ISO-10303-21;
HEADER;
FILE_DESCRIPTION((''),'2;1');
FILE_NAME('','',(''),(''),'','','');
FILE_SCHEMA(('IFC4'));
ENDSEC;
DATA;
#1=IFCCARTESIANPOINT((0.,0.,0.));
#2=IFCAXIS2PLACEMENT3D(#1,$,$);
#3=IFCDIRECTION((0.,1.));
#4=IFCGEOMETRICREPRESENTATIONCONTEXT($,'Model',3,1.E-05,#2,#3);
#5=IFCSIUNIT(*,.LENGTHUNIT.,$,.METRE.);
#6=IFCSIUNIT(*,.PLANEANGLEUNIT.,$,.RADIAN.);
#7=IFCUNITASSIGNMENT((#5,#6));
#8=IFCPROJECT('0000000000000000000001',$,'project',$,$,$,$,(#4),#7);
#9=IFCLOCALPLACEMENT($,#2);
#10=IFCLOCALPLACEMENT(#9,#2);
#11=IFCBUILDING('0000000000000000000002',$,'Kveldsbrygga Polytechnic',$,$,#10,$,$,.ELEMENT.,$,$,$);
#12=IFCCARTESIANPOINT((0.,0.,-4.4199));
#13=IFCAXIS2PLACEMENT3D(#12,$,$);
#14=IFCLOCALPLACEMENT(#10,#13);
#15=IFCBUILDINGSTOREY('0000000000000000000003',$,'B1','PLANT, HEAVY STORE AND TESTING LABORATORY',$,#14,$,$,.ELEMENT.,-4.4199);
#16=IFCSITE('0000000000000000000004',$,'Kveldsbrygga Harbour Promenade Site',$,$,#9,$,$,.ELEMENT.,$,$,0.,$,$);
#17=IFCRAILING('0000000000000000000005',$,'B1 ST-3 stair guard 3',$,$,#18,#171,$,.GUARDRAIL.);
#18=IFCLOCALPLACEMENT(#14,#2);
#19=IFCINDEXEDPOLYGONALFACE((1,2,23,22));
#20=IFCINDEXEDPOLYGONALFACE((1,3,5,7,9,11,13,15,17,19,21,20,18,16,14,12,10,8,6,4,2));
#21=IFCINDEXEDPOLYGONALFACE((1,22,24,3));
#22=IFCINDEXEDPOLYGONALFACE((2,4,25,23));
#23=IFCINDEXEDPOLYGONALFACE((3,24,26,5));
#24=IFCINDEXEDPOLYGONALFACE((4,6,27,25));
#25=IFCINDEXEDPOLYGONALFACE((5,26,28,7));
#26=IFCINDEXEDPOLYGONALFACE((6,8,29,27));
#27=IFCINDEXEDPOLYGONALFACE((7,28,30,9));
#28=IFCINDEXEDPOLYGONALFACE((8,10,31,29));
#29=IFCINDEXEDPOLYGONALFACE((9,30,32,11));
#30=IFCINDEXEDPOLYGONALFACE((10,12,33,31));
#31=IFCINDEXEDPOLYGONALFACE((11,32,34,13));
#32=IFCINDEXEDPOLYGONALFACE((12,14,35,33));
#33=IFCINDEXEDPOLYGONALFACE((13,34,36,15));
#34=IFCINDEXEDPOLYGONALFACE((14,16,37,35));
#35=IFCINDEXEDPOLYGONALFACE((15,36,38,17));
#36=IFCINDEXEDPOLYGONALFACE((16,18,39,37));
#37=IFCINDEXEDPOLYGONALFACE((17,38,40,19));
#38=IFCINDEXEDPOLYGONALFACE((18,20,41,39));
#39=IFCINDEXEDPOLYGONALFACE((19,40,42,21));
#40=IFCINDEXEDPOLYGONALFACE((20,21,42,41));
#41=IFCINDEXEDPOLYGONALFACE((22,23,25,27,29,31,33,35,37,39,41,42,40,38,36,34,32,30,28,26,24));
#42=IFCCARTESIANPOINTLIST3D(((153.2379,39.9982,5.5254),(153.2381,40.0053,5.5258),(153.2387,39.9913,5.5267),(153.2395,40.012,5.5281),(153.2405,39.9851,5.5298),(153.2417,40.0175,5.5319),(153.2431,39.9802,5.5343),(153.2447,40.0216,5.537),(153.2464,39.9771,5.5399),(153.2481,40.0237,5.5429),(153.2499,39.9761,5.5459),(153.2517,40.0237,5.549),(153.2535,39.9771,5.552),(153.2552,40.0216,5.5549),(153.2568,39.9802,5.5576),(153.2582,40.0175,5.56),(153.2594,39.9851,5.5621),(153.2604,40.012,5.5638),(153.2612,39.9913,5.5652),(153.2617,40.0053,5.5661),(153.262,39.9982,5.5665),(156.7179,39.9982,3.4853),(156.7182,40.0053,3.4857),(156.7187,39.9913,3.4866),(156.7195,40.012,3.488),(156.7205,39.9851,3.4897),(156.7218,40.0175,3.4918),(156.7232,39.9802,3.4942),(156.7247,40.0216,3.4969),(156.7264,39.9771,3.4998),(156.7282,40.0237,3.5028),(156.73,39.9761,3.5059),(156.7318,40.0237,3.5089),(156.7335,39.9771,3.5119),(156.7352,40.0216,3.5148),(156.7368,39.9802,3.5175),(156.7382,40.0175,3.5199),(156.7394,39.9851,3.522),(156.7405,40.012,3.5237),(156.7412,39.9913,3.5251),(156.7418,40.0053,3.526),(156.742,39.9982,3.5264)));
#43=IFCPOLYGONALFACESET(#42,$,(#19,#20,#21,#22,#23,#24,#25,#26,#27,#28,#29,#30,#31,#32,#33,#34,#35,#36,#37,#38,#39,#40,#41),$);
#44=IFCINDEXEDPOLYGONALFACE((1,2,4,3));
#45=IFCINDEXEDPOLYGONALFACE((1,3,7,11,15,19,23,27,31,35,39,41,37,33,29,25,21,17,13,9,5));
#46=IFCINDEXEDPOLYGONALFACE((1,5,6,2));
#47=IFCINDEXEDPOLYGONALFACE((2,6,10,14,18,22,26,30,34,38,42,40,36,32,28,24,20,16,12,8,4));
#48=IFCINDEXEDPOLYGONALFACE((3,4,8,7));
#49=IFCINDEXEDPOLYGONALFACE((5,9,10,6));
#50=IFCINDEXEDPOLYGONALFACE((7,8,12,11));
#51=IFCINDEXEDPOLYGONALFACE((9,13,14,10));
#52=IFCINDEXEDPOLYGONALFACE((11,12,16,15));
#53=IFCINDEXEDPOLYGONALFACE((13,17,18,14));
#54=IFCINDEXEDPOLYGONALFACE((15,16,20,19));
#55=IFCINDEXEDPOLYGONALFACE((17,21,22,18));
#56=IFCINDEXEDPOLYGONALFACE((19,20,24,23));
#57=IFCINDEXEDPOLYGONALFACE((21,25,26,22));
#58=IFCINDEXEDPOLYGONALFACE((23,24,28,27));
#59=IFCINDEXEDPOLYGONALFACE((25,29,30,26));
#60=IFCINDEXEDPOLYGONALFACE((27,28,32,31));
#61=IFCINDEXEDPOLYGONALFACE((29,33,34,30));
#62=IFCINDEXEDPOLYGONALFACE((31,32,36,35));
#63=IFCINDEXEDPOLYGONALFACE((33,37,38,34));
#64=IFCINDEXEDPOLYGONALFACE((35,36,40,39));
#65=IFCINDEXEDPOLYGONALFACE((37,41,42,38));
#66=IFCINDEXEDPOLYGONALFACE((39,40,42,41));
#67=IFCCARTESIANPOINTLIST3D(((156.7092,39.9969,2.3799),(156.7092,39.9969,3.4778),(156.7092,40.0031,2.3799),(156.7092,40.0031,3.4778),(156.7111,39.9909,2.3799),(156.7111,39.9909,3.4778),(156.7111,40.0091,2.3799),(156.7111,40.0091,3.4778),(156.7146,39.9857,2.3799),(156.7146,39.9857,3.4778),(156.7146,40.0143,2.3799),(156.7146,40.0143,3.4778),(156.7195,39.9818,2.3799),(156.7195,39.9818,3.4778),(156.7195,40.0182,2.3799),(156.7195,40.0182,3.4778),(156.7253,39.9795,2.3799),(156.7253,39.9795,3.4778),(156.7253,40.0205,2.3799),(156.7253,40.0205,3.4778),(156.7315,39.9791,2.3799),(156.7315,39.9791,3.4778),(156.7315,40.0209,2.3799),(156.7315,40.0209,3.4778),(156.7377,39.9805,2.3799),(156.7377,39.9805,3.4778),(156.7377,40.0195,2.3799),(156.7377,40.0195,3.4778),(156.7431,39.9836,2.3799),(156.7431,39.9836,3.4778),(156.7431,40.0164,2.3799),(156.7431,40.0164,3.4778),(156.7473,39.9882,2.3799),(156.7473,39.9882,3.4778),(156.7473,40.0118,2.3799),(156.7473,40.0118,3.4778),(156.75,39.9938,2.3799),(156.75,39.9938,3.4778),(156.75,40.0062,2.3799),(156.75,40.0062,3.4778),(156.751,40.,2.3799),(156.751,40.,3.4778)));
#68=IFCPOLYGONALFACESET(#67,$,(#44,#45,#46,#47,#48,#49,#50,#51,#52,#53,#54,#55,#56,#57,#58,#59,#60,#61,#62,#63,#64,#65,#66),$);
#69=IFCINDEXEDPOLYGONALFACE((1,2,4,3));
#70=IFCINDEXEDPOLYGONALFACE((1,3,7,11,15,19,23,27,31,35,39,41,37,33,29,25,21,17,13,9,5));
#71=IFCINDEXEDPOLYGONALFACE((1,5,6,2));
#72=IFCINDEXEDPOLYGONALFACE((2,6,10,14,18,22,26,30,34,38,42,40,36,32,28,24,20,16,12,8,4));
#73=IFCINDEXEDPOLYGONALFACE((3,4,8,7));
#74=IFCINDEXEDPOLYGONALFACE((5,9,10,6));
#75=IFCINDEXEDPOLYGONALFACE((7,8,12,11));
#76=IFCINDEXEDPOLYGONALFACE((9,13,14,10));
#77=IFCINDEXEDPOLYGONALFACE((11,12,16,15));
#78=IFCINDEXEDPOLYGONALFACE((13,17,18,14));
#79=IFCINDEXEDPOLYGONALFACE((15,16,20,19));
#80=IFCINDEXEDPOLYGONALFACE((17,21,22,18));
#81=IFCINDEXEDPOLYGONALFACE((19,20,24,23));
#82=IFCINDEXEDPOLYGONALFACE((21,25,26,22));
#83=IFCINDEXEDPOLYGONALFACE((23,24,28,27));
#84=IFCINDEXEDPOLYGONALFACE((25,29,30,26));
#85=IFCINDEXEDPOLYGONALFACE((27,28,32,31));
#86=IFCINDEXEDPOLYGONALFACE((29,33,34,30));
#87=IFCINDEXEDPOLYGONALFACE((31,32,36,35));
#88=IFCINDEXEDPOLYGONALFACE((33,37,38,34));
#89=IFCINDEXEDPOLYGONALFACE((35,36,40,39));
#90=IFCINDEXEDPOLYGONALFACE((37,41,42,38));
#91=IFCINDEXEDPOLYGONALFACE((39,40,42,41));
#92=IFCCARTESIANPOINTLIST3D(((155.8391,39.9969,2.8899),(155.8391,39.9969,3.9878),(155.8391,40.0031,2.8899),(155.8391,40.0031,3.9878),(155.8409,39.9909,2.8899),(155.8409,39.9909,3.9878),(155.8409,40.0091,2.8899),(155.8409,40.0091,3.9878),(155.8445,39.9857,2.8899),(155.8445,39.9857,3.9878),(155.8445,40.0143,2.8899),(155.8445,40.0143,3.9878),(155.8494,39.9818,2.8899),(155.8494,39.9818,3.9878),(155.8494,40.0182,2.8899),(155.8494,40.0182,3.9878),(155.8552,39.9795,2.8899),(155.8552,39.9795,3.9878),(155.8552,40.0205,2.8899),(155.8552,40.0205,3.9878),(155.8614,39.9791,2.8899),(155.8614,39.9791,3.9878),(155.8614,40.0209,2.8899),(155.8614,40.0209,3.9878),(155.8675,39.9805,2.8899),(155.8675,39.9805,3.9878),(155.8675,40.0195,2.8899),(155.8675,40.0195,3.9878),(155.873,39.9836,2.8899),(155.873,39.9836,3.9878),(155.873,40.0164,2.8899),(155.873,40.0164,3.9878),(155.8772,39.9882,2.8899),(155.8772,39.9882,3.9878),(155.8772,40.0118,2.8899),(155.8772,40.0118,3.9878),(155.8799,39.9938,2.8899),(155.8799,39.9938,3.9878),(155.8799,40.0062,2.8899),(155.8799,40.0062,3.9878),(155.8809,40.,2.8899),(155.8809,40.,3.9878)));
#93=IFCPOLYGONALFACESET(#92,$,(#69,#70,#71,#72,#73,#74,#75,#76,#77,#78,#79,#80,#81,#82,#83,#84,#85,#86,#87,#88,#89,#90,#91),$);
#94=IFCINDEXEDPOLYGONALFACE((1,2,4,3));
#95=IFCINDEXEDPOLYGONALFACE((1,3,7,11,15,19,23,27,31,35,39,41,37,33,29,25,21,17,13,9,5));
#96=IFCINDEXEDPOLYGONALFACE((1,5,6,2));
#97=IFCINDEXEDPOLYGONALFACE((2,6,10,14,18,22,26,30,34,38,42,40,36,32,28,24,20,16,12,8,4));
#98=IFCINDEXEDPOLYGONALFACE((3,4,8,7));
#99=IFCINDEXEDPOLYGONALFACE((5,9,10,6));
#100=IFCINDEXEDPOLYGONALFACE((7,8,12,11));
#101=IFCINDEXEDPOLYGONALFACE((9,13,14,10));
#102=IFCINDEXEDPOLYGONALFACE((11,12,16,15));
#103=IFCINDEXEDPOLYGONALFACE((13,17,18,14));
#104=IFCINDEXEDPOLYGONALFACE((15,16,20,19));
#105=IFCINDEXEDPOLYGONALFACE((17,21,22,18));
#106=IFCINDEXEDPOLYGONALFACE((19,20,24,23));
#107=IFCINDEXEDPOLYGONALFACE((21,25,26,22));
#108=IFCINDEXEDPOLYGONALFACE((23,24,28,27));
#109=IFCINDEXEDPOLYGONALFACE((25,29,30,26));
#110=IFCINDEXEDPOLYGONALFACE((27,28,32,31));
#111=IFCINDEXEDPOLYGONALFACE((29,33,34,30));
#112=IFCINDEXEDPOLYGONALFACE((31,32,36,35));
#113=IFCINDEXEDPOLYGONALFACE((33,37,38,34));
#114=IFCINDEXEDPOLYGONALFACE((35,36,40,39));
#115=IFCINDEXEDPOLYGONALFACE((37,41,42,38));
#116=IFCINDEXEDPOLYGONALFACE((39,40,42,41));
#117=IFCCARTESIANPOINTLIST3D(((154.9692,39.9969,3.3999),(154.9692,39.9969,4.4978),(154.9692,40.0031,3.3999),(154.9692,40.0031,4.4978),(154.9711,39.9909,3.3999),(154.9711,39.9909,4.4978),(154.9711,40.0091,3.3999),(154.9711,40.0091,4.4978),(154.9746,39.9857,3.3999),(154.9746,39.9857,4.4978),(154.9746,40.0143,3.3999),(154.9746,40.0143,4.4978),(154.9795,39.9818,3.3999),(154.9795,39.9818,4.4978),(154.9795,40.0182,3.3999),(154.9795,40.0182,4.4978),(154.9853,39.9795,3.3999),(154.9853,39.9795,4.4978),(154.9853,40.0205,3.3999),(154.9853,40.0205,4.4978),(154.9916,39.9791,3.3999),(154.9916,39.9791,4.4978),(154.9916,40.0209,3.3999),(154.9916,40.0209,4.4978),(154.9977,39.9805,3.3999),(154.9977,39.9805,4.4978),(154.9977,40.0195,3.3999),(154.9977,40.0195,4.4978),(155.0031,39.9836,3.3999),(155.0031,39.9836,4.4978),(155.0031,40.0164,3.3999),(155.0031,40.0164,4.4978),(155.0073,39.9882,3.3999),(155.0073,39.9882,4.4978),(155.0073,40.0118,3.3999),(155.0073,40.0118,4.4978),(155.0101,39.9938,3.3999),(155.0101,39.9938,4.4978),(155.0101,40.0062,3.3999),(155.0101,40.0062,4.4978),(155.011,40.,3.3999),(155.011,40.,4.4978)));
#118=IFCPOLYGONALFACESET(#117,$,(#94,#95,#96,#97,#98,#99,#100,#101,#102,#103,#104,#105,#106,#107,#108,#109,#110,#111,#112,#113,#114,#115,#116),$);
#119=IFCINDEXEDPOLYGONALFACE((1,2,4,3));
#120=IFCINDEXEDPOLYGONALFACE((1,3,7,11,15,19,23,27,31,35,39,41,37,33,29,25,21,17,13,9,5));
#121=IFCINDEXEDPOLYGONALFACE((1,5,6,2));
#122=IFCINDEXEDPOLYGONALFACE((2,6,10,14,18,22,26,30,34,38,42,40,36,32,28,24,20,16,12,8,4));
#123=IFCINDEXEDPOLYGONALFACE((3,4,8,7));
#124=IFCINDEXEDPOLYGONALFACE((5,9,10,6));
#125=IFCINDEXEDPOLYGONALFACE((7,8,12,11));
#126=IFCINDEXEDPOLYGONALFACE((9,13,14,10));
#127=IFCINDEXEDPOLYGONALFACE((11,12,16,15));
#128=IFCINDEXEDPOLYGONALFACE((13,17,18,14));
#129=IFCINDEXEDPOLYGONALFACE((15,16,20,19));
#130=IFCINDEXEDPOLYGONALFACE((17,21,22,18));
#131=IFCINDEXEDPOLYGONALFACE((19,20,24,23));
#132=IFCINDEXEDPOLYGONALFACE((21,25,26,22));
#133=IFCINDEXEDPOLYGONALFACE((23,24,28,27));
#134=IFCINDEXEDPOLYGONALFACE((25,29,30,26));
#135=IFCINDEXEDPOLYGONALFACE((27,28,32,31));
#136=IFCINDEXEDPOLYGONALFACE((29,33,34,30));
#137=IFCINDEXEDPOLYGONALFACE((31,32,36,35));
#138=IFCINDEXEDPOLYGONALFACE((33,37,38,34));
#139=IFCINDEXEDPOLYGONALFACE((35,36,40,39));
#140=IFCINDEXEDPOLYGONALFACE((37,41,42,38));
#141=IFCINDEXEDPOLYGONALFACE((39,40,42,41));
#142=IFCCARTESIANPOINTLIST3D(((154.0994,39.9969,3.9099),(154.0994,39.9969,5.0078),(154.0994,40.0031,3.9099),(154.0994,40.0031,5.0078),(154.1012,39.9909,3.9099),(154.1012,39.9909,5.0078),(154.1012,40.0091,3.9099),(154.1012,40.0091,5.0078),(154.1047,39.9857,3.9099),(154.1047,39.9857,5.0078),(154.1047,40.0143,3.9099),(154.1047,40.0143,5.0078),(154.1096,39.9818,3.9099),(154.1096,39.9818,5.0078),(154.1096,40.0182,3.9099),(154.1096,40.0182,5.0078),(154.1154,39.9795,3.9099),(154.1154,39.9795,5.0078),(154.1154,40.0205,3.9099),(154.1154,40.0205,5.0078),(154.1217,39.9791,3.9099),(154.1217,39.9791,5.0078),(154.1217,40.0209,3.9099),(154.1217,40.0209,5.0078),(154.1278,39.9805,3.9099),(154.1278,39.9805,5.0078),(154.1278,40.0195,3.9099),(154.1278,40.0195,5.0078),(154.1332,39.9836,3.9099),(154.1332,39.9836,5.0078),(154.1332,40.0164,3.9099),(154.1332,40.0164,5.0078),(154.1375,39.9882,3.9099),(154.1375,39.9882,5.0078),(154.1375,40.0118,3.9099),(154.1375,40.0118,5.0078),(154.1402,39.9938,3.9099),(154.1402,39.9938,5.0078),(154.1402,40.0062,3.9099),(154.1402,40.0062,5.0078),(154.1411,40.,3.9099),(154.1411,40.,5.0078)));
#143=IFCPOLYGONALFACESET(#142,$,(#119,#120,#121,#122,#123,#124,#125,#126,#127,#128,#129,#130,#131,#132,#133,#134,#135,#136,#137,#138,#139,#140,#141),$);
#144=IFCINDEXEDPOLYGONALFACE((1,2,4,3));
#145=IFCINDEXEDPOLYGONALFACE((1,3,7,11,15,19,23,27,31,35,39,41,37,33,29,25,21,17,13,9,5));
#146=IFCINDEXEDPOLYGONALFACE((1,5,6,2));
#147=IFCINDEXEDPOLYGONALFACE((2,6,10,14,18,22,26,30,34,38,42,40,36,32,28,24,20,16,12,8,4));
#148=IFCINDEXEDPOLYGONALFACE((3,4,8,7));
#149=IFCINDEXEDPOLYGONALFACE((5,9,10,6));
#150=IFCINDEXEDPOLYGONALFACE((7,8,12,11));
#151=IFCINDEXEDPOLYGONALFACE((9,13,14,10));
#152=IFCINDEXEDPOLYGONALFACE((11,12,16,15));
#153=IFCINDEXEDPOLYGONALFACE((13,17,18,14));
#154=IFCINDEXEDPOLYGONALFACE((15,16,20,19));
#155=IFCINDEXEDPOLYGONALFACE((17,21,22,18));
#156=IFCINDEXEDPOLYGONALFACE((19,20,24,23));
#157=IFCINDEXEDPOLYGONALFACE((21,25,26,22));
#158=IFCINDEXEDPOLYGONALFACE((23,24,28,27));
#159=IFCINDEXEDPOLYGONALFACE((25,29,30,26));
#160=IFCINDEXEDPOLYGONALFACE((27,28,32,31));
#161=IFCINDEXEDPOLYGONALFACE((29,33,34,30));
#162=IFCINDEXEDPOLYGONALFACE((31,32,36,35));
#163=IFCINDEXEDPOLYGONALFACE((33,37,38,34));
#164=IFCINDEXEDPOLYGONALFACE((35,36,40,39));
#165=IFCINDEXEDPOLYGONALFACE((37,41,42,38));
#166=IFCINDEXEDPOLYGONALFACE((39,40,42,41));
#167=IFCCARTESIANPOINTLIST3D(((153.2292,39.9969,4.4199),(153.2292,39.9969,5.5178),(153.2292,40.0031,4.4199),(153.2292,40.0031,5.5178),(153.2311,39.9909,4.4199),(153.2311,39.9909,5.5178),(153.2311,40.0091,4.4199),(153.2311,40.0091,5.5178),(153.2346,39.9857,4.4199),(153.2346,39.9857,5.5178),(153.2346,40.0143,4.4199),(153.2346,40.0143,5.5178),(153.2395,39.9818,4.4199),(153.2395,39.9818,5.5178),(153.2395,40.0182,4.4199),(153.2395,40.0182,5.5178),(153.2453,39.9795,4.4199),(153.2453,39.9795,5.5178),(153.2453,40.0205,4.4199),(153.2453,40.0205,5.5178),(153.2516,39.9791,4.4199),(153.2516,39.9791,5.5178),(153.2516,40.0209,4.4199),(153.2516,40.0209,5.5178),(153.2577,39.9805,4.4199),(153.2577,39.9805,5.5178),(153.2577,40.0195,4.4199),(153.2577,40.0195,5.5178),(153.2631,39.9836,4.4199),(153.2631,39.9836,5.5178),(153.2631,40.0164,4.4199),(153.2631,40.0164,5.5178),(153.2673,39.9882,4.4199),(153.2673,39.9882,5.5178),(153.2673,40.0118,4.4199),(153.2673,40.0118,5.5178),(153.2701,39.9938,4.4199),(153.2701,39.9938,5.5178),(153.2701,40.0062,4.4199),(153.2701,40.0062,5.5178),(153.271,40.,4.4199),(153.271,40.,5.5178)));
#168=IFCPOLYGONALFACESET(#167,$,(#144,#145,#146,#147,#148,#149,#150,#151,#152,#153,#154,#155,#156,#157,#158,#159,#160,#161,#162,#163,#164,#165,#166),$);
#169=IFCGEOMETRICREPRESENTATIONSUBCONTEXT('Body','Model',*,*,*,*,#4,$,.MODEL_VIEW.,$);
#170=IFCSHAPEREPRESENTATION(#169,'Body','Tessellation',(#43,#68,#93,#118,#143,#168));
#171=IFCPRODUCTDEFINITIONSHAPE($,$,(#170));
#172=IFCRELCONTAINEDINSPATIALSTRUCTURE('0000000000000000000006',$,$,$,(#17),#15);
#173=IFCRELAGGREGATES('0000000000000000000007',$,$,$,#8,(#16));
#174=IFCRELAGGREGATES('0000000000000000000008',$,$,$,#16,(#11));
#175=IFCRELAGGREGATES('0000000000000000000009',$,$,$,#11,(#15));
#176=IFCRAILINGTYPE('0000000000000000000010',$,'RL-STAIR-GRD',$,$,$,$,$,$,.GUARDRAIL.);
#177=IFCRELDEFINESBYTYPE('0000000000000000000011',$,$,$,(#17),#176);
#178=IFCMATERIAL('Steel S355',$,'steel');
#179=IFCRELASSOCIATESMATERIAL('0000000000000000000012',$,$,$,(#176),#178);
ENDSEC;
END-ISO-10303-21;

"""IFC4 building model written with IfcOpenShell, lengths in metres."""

from ifc_helpers import new_model, si_unit, direction, frame, origin, origin_2d, place, context, subcontext, project, spatial, circle, extrude, material, type_object, element, save


model = new_model("IFC4")

# Units and contexts
model_context = context("Model", 3, precision=1e-05, world=origin(), true_north=direction((0.0, 1.0)))
body_context = subcontext(model_context, "Body", "Model", "MODEL_VIEW")
ifc_project = project(units=[si_unit("LENGTHUNIT", "METRE"), si_unit("PLANEANGLEUNIT", "RADIAN")], contexts=[model_context])

# Site, building, storey
site_placement = place(None, origin())
site = spatial("IfcSite", under=ifc_project, at=site_placement, Name="Kveldsbrygga Harbour Promenade Site", CompositionType="ELEMENT", RefElevation=0.0)
building_placement = place(site_placement, origin())
building = spatial("IfcBuilding", under=site, at=building_placement, Name="Kveldsbrygga Polytechnic", CompositionType="ELEMENT")
storey_placement = place(building_placement, frame((0.0, 0.0, -4.4199)))
storey = spatial("IfcBuildingStorey", under=building, at=storey_placement, Name="B1", Description="PLANT, HEAVY STORE AND TESTING LABORATORY", CompositionType="ELEMENT", Elevation=-4.4199)

# Railing
ifc_material_1 = material(Name="Steel S355", Category="steel")
railing_type_1 = type_object("IfcRailingType", Name="RL-STAIR-GRD", PredefinedType="GUARDRAIL", material=ifc_material_1)
railing_1_placement = place(storey_placement, frame((156.73, 40.0, 2.3799)))
element("IfcRailing", 1, at=railing_1_placement, inside=storey, type_object=railing_type_1, Name="B1 ST-3 stair guard 3", PredefinedType="GUARDRAIL", context=body_context, shape_type="SweptSolid", body=[
    extrude(circle(Radius=0.0239, at=origin_2d()), frame((0.0, 0.0, 1.126), z_axis=(-0.862693, 0.0, 0.505729), x_axis=(0.0, -1.0, 0.0)), (0.0, 0.0, 1.0), 4.0339),
    extrude(circle(Radius=0.021, at=origin_2d()), origin(), (0.0, 0.0, 1.0), 1.0979),
    extrude(circle(Radius=0.021, at=origin_2d()), frame((-0.8701, 0.0, 0.51)), (0.0, 0.0, 1.0), 1.0979),
    extrude(circle(Radius=0.021, at=origin_2d()), frame((-1.74, 0.0, 1.02)), (0.0, 0.0, 1.0), 1.0979),
    extrude(circle(Radius=0.021, at=origin_2d()), frame((-2.6099, 0.0, 1.53)), (0.0, 0.0, 1.0), 1.0979),
    extrude(circle(Radius=0.021, at=origin_2d()), frame((-3.48, 0.0, 2.04)), (0.0, 0.0, 1.0), 1.0979),
])

save(model, "model.ifc")
